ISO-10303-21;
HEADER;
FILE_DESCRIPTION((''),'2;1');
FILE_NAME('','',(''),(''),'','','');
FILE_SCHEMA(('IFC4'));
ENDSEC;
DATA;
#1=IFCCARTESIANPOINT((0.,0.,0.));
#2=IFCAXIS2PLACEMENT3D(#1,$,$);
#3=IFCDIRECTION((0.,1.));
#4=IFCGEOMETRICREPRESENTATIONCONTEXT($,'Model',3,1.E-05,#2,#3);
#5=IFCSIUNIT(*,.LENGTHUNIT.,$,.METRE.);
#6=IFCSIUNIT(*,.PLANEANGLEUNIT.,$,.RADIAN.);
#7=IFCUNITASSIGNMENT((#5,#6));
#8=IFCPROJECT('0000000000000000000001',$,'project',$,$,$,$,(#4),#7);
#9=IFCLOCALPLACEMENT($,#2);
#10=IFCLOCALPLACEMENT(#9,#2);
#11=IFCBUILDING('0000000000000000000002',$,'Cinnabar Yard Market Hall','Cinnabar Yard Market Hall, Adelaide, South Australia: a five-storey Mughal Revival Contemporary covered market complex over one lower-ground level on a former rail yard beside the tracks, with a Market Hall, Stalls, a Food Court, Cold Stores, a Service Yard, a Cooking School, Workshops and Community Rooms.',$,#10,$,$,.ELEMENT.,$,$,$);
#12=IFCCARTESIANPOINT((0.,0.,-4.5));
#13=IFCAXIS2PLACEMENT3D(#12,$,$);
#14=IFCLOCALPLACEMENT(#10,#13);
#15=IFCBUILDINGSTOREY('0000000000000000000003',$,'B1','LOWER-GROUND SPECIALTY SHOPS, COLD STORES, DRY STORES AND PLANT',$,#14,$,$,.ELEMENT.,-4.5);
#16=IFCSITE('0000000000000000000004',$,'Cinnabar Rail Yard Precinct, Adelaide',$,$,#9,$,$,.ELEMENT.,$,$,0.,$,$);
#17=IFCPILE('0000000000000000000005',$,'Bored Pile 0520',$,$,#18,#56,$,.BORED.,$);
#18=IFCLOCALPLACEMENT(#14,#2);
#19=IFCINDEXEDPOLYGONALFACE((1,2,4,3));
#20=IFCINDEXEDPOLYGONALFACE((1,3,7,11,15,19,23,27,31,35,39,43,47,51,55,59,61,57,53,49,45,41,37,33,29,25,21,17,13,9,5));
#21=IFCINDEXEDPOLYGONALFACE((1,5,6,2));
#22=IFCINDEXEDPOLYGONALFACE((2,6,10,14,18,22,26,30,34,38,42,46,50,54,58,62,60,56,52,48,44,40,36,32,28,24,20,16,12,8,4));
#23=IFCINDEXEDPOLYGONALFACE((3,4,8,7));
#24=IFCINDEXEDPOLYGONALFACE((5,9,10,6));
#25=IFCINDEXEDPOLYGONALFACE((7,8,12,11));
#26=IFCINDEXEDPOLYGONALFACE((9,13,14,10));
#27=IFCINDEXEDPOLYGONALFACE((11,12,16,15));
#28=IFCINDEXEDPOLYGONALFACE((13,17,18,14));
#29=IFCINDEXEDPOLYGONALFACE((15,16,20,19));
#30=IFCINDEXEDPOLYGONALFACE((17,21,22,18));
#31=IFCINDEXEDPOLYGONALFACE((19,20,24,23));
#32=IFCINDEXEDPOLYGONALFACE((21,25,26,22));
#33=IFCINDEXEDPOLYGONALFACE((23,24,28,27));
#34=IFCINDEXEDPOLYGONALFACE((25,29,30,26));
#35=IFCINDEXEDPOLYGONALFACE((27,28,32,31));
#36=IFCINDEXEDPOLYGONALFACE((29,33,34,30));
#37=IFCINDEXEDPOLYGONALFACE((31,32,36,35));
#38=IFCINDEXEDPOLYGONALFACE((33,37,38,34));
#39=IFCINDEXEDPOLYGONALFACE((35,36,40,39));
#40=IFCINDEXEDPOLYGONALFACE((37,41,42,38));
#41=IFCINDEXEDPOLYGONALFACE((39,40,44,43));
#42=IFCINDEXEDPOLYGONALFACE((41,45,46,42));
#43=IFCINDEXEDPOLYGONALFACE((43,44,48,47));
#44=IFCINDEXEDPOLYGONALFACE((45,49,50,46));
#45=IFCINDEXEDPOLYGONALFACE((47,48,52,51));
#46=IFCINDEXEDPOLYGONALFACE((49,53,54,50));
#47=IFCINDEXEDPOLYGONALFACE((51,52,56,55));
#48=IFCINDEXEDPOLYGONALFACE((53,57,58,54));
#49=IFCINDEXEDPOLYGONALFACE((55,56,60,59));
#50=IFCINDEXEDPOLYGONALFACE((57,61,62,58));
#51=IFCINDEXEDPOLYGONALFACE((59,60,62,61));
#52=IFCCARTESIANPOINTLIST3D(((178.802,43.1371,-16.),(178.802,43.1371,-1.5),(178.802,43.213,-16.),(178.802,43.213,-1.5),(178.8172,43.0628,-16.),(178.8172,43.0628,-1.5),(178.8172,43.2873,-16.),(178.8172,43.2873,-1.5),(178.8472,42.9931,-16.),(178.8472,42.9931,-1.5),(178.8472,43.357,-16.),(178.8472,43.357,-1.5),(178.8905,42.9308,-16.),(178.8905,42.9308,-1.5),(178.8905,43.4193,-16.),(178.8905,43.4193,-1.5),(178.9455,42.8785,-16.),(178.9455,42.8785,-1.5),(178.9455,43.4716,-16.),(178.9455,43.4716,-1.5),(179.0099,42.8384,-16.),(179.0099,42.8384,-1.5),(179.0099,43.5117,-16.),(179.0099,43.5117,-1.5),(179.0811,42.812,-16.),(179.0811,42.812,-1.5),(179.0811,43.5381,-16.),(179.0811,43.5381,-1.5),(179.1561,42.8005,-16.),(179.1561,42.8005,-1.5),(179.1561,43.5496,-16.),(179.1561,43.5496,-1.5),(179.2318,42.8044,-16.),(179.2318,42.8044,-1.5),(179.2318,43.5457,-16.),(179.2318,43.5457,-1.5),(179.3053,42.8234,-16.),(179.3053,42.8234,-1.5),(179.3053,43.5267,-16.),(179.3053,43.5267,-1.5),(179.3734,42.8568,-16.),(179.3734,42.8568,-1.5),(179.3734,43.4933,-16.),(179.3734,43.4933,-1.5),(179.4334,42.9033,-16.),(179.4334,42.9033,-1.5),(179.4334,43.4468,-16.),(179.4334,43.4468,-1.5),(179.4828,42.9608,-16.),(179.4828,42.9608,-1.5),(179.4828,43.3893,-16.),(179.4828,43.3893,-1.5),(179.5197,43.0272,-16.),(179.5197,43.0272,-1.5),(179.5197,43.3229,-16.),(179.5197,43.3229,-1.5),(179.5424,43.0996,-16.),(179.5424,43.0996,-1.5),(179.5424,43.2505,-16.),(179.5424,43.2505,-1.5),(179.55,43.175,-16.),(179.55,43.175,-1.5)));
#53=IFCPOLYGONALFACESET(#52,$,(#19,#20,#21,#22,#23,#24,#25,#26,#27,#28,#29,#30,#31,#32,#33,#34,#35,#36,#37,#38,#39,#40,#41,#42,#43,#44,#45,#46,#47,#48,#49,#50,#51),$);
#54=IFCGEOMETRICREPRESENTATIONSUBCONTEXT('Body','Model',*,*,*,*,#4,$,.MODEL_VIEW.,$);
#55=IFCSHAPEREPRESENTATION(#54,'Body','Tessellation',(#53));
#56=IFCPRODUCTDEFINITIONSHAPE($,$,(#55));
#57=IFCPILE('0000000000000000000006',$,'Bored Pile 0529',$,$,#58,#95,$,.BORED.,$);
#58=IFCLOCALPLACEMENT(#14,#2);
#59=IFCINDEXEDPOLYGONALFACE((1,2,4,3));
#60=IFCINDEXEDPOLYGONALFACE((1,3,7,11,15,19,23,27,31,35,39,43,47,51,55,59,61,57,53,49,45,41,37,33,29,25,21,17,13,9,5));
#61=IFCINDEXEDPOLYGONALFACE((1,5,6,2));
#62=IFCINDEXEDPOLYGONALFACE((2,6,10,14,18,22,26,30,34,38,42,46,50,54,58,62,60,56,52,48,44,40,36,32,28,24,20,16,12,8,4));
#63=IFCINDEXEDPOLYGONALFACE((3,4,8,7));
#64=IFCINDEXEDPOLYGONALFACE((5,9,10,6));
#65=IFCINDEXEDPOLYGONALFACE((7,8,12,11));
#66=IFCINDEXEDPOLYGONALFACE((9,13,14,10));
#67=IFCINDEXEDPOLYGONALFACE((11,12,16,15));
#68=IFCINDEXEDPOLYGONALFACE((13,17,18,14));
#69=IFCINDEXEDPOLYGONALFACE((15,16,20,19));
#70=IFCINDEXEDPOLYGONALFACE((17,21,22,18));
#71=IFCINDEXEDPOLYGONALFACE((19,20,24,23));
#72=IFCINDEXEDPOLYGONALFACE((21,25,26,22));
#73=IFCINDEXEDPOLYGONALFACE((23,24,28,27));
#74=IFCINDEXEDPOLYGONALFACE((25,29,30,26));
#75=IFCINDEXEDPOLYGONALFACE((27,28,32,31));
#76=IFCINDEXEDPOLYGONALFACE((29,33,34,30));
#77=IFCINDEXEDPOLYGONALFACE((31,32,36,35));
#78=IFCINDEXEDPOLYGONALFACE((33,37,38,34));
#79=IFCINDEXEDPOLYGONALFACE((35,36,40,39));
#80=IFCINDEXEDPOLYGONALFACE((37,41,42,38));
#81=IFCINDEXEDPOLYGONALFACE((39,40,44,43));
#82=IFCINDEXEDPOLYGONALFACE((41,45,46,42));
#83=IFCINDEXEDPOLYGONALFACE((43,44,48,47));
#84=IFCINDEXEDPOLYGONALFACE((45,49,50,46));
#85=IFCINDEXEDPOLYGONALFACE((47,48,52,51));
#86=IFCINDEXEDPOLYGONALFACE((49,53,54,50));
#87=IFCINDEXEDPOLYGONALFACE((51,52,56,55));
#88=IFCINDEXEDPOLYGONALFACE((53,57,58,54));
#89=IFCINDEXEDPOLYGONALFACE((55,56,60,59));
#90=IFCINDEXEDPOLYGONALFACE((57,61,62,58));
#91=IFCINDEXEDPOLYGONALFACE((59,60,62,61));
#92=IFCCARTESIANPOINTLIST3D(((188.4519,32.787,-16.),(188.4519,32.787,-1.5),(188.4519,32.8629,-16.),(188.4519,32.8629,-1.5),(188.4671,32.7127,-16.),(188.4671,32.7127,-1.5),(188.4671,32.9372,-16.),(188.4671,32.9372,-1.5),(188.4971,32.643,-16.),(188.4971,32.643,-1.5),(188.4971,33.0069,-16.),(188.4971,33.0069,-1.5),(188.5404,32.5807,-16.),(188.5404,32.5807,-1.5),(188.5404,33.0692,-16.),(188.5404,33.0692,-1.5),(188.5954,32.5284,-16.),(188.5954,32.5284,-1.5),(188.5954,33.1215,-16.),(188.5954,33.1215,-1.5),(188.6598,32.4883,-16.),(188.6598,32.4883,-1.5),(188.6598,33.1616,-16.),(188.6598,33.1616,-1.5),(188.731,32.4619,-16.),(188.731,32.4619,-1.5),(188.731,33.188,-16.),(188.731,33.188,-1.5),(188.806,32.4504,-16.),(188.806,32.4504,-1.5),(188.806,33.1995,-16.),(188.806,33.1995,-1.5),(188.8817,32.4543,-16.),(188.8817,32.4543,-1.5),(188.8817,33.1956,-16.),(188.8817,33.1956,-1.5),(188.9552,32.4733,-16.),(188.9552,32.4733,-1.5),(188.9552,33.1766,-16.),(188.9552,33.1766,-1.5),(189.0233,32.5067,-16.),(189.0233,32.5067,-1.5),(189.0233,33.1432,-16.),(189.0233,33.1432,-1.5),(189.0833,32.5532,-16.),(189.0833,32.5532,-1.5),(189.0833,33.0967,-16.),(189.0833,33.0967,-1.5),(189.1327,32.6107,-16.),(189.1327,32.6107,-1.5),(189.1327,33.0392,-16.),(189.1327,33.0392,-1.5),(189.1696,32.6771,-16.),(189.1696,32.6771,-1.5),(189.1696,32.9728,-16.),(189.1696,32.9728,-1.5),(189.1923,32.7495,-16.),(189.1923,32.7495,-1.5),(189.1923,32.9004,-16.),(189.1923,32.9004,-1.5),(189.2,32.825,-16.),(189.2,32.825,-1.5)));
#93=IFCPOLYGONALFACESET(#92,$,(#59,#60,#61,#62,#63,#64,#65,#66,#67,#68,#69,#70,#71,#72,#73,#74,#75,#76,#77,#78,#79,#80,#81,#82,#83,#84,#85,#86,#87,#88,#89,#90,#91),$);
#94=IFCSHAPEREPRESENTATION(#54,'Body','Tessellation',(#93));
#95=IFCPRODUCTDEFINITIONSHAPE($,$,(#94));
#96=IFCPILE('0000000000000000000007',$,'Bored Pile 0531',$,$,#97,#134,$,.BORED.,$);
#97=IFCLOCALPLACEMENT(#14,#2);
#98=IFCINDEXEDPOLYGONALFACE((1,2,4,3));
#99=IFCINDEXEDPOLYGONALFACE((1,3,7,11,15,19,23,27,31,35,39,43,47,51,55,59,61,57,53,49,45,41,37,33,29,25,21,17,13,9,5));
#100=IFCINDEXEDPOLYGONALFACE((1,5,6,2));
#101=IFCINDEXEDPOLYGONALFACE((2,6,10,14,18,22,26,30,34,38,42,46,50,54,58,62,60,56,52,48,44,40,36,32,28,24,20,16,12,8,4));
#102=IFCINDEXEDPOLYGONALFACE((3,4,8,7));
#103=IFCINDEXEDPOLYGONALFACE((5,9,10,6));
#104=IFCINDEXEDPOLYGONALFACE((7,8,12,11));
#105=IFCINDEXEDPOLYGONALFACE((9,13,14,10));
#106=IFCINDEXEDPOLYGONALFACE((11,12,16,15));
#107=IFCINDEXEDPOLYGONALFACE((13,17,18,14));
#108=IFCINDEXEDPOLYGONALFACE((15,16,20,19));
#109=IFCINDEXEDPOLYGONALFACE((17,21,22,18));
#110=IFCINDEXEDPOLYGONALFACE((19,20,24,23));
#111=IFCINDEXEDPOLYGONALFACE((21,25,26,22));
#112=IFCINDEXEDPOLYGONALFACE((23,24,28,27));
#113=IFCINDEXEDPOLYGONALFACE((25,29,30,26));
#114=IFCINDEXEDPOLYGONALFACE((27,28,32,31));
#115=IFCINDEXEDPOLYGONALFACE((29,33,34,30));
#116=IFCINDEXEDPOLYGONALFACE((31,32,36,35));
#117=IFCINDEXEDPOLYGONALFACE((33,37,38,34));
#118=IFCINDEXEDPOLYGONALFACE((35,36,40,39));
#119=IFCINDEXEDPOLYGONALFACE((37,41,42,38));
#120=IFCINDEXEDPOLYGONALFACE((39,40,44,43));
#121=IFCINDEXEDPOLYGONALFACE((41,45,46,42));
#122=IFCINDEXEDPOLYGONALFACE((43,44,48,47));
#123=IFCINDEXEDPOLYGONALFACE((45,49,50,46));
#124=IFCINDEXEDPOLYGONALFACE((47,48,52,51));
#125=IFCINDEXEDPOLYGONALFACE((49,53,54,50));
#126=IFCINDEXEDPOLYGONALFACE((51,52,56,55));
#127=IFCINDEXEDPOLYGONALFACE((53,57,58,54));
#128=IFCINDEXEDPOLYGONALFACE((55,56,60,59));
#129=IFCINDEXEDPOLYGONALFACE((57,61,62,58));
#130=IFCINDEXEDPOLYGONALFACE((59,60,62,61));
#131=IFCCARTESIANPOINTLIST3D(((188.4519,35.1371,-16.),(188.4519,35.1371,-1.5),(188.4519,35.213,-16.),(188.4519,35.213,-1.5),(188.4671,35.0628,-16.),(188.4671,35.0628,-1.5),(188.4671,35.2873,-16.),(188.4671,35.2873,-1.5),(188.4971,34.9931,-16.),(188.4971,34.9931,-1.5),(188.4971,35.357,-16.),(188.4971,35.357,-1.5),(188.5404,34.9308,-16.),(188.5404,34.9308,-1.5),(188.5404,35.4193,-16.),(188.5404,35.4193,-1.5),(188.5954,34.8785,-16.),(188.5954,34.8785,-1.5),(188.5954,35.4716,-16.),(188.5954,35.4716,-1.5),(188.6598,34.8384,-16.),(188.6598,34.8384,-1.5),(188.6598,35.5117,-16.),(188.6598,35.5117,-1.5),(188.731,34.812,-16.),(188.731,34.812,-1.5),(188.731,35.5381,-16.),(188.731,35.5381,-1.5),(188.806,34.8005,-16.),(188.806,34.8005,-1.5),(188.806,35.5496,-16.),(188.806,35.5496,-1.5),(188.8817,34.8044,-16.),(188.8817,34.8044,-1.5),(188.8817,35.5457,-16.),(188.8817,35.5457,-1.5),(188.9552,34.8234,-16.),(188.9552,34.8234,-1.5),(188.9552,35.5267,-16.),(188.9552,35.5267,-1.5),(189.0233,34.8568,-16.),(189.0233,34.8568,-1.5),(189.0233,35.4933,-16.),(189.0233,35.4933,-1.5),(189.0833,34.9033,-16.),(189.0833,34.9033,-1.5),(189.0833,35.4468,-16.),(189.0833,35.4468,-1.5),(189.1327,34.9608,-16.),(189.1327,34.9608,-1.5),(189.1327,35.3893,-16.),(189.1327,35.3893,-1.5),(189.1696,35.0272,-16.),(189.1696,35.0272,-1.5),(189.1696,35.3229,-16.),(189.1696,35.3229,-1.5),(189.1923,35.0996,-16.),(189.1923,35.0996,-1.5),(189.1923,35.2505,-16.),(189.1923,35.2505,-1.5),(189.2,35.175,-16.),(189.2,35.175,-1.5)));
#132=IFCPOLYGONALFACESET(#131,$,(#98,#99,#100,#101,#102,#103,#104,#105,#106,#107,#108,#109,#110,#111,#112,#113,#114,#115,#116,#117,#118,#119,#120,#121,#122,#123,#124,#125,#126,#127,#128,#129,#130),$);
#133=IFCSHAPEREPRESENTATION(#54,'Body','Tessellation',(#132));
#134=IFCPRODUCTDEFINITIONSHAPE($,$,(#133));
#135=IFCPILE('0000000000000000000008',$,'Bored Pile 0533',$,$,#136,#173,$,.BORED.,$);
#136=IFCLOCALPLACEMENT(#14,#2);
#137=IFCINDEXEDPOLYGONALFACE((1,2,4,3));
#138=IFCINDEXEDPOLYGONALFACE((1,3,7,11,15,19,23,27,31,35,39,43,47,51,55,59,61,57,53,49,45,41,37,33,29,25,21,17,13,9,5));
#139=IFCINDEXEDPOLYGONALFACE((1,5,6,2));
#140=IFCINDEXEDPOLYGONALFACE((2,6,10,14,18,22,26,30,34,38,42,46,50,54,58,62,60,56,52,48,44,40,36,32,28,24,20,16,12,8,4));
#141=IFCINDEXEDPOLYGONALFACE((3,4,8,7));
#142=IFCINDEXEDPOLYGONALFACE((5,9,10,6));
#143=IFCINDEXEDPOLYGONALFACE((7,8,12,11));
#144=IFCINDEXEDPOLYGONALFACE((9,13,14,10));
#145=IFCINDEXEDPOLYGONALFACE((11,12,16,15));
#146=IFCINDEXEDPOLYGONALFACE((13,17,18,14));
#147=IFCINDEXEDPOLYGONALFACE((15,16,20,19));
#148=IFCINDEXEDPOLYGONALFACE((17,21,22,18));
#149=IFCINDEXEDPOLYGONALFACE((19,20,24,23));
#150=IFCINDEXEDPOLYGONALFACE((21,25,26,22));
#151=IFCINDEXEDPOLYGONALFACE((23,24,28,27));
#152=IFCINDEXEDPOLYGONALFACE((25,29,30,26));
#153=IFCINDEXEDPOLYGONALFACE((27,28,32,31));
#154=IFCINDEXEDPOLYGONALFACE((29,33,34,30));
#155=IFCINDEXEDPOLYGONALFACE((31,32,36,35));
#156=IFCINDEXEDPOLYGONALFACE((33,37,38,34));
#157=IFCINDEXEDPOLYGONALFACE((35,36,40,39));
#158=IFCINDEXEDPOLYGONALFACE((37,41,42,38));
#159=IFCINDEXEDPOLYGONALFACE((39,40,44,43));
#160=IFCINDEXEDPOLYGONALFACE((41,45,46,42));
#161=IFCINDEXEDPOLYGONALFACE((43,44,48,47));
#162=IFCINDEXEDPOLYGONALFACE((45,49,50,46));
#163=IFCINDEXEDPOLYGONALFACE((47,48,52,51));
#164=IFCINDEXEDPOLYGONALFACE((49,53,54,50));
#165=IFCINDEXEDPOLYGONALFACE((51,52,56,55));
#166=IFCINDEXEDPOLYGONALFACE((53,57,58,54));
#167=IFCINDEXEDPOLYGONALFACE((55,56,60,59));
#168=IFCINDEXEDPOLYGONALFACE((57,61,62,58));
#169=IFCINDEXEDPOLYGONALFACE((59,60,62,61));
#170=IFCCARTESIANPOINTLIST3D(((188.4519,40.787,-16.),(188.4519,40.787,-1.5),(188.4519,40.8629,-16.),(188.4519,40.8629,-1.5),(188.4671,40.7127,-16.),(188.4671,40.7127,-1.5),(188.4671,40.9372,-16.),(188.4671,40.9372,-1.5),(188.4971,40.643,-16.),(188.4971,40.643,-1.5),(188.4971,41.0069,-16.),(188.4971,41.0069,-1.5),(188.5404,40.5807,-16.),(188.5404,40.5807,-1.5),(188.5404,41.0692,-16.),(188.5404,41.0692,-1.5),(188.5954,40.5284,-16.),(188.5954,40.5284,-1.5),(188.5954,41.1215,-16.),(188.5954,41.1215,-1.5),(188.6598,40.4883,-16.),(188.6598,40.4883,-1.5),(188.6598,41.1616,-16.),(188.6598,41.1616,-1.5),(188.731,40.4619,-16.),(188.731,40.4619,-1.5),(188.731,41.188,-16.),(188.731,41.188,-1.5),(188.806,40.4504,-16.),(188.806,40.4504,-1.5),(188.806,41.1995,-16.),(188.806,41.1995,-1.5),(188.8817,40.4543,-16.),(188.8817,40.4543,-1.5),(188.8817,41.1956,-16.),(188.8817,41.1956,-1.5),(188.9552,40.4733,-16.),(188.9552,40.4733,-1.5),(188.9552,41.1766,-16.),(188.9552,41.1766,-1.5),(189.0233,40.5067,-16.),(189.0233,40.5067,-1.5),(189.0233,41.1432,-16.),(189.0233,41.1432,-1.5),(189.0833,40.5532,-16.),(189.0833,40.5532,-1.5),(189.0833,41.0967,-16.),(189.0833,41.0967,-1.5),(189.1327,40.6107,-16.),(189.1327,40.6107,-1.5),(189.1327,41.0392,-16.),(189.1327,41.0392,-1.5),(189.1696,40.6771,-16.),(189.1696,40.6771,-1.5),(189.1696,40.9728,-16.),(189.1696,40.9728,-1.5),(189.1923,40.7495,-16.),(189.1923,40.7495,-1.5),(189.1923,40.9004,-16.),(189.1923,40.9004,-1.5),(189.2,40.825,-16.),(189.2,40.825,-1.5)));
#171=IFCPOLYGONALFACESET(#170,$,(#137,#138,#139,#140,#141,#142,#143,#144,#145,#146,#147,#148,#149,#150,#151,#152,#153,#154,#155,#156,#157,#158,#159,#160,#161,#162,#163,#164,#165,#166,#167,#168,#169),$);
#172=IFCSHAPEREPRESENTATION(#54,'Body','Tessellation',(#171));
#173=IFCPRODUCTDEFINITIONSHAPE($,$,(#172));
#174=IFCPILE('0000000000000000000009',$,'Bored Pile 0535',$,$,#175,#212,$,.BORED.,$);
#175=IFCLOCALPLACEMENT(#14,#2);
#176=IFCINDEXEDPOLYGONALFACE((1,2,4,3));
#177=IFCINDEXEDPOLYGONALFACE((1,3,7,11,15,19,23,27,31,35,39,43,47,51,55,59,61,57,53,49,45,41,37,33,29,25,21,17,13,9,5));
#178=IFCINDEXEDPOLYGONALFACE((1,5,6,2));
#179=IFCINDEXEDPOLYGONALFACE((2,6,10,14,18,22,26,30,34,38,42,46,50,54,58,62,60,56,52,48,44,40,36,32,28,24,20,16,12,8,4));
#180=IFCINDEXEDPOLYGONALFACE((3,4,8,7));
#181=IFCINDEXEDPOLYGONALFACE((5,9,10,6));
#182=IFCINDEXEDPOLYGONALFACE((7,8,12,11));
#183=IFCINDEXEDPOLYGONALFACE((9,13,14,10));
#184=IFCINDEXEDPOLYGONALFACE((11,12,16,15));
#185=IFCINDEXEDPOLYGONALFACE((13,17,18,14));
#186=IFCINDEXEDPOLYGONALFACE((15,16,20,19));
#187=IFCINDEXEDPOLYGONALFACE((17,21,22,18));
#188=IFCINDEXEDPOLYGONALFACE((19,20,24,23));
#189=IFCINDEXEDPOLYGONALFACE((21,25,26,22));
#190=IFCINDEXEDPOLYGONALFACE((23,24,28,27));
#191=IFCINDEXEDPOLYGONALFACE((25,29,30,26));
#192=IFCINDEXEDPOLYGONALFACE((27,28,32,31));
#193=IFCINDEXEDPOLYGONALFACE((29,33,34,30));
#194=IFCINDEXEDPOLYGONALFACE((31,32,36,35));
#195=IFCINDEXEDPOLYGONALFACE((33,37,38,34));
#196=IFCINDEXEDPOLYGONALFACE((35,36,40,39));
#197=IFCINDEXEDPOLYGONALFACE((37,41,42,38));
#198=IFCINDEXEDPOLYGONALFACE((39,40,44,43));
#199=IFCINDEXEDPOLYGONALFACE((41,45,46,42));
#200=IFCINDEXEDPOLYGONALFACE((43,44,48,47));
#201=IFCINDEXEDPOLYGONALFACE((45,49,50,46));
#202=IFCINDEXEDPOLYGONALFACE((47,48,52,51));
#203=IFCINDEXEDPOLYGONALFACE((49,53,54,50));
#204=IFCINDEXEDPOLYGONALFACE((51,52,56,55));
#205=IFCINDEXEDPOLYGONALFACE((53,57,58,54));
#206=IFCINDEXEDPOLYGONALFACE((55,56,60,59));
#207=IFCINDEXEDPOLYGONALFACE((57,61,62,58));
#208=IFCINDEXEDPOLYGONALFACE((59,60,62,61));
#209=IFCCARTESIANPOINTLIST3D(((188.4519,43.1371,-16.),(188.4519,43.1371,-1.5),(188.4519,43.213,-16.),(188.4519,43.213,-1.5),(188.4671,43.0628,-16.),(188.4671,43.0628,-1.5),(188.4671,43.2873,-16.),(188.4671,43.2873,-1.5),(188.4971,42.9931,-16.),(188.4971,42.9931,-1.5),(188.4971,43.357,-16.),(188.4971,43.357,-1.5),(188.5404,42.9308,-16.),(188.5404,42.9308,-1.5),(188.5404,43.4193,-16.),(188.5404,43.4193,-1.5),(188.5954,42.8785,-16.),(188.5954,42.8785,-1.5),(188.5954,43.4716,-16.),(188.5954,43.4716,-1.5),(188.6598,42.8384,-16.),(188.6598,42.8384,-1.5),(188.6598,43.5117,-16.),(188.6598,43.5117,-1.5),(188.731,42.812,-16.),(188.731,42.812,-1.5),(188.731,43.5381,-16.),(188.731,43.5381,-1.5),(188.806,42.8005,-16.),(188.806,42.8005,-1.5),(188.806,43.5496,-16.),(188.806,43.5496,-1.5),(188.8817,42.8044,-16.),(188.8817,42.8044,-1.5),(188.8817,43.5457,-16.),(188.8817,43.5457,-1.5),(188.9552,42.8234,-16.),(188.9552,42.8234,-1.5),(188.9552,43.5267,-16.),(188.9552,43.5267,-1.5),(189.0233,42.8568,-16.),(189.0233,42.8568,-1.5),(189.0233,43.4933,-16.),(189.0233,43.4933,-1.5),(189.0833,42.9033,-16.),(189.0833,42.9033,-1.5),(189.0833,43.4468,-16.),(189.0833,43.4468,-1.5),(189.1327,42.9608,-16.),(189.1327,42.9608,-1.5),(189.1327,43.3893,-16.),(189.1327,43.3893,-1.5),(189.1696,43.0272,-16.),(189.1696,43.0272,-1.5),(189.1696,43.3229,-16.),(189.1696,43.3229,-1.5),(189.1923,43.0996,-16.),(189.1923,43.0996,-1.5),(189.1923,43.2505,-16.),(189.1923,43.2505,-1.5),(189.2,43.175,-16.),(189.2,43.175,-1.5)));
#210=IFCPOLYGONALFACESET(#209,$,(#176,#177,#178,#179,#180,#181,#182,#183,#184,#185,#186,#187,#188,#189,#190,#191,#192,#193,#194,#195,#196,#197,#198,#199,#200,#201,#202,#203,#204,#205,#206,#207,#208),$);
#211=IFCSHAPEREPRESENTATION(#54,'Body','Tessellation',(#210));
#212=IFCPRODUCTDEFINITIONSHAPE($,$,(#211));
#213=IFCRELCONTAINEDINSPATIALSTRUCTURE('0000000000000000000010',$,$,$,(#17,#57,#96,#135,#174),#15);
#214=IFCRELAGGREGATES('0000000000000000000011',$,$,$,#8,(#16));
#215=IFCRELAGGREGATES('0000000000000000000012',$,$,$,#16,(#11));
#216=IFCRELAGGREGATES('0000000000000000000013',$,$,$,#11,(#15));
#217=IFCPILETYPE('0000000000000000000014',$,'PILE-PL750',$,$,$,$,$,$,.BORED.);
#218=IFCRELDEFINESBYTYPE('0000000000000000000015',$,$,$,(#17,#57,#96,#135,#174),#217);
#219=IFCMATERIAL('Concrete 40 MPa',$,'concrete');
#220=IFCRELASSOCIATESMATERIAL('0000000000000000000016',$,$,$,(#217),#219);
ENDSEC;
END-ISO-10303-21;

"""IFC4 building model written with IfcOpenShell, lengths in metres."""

from ifc_helpers import new_model, si_unit, direction, frame, origin, origin_2d_with_axis, place, context, subcontext, project, spatial, circle, extrude, material, material_profile, profile_set, type_object, element, save


model = new_model("IFC4")

# Units and contexts
model_context = context("Model", 3, precision=1e-05, world=origin(), true_north=direction((0.0, 1.0)))
body_context = subcontext(model_context, "Body", "Model", "MODEL_VIEW")
ifc_project = project(units=[si_unit("LENGTHUNIT", "METRE"), si_unit("PLANEANGLEUNIT", "RADIAN")], contexts=[model_context])

# Site, building, storey
site_placement = place(None, origin())
site = spatial("IfcSite", under=ifc_project, at=site_placement, Name="Cinnabar Rail Yard Precinct, Adelaide", CompositionType="ELEMENT", RefElevation=0.0)
building_placement = place(site_placement, origin())
building = spatial("IfcBuilding", under=site, at=building_placement, Name="Cinnabar Yard Market Hall", Description="Cinnabar Yard Market Hall, Adelaide, South Australia: a five-storey Mughal Revival Contemporary covered market complex over one lower-ground level on a former rail yard beside the tracks, with a Market Hall, Stalls, a Food Court, Cold Stores, a Service Yard, a Cooking School, Workshops and Community Rooms.", CompositionType="ELEMENT")
storey_placement = place(building_placement, frame((0.0, 0.0, -4.5)))
storey = spatial("IfcBuildingStorey", under=building, at=storey_placement, Name="B1", Description="LOWER-GROUND SPECIALTY SHOPS, COLD STORES, DRY STORES AND PLANT", CompositionType="ELEMENT", Elevation=-4.5)

# Shared definitions
ifc_material_1 = material(Name="Concrete 40 MPa", Category="concrete")

# Piles
ifc_material_profile_1 = material_profile(ifc_material_1, circle(Radius=0.375, at=origin_2d_with_axis()), Name="PILE-D750")
ifc_profile_set_1 = profile_set([ifc_material_profile_1], Name="Concrete 40 MPa")
pile_type = type_object("IfcPileType", Name="PILE-PL750", PredefinedType="BORED", material=ifc_profile_set_1)
for number, where, z_axis, x_axis, name in (
    (1, (179.175, 43.175, -1.5), (0.0, 0.0, -1.0), (1.0, 0.0, 0.0), "Bored Pile 0520"),
    (2, (188.825, 32.825, -1.5), (0.0, 0.0, -1.0), (1.0, 0.0, 0.0), "Bored Pile 0529"),
    (3, (188.825, 35.175, -1.5), (0.0, 0.0, -1.0), (1.0, 0.0, 0.0), "Bored Pile 0531"),
    (4, (188.825, 40.825, -1.5), (0.0, 0.0, -1.0), (1.0, 0.0, 0.0), "Bored Pile 0533"),
    (5, (188.825, 43.175, -1.5), (0.0, 0.0, -1.0), (1.0, 0.0, 0.0), "Bored Pile 0535"),
):
    element("IfcPile", number, at=place(storey_placement, frame(where, z_axis=z_axis, x_axis=x_axis)), inside=storey, type_object=pile_type, Name=name, PredefinedType="BORED", context=body_context, shape_type="SweptSolid", body=[
        extrude(circle(Radius=0.375, at=origin_2d_with_axis()), origin(), (0.0, 0.0, 1.0), 14.5),
    ])

save(model, "model.ifc")
